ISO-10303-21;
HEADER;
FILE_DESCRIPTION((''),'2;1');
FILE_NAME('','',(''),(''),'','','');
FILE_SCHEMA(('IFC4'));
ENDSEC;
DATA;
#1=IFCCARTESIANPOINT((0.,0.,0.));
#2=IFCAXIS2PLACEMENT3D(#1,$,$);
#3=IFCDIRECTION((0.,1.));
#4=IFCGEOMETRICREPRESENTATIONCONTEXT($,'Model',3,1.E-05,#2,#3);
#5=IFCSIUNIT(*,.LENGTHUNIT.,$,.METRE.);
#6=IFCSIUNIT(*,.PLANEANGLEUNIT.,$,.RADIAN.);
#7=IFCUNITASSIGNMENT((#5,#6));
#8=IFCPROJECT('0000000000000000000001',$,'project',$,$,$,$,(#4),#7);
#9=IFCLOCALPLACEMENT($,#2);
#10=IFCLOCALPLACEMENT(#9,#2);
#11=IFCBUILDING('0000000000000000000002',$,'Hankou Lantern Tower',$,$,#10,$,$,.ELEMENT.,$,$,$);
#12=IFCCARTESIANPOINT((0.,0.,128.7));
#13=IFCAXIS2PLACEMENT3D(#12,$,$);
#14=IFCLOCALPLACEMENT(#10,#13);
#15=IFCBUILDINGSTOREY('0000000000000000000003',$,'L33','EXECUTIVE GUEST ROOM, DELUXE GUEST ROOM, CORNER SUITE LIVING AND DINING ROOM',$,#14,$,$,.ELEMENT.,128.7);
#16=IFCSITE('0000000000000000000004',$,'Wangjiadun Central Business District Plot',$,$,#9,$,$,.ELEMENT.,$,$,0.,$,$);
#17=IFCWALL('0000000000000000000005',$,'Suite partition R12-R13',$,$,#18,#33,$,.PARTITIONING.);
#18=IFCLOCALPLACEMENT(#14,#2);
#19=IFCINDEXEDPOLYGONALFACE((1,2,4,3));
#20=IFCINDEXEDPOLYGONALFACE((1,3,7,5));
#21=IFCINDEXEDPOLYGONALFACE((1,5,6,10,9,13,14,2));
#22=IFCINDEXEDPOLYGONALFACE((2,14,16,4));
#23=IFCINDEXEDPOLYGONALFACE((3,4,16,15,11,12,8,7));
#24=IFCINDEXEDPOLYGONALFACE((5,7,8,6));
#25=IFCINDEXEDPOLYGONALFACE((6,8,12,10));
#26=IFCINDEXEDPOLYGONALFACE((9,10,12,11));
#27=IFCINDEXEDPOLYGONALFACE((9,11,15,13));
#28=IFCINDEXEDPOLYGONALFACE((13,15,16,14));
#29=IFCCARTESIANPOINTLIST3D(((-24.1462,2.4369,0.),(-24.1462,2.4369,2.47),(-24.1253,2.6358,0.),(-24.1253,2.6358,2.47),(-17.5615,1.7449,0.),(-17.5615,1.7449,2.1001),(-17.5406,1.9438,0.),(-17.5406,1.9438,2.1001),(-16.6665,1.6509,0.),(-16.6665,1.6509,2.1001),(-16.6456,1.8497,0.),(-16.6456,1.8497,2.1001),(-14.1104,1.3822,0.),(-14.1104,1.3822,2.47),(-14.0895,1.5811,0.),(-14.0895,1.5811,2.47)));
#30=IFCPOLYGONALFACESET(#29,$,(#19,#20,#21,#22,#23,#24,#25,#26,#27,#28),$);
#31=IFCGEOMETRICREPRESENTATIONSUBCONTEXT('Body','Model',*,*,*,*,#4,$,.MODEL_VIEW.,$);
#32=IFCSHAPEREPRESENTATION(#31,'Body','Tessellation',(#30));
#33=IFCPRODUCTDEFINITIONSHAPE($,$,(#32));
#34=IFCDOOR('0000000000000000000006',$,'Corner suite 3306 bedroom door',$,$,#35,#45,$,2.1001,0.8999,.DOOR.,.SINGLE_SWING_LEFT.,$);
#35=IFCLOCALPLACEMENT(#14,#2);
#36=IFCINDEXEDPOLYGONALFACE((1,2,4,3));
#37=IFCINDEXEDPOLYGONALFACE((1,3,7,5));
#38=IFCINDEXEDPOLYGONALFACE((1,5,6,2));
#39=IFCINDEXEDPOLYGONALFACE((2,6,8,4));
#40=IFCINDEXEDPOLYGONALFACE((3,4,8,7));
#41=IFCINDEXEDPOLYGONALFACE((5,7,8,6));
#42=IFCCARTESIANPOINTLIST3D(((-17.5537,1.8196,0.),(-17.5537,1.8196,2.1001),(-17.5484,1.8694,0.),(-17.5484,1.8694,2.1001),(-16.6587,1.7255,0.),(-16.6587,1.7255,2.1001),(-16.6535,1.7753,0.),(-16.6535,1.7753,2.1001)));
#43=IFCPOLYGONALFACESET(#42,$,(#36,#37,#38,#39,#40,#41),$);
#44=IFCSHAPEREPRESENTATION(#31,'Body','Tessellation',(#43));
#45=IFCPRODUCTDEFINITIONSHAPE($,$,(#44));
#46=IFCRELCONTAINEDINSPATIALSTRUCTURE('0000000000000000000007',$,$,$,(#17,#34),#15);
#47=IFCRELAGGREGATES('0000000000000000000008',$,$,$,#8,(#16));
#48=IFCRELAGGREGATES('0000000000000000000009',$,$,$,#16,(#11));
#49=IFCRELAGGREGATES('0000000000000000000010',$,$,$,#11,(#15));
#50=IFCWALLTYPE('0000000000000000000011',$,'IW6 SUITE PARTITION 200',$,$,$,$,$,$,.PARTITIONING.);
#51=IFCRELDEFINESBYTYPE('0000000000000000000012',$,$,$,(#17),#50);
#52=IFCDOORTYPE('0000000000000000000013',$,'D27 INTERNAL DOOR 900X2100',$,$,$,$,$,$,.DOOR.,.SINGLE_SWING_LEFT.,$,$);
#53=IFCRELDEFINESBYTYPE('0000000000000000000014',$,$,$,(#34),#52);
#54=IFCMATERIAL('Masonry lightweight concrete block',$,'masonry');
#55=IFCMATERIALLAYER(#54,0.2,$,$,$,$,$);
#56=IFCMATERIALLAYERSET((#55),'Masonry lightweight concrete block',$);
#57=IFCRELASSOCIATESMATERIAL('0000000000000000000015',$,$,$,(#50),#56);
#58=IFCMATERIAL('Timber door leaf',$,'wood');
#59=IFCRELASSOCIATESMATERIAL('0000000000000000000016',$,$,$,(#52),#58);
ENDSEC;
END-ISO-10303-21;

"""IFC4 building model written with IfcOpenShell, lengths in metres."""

from ifc_helpers import new_model, si_unit, direction, frame, frame_2d, origin, place, context, subcontext, project, spatial, rectangle, extrude, material, layer, layer_set, type_object, element, fill, save


model = new_model("IFC4")

# Units and contexts
model_context = context("Model", 3, precision=1e-05, world=origin(), true_north=direction((0.0, 1.0)))
body_context = subcontext(model_context, "Body", "Model", "MODEL_VIEW")
ifc_project = project(units=[si_unit("LENGTHUNIT", "METRE"), si_unit("PLANEANGLEUNIT", "RADIAN")], contexts=[model_context])

# Site, building, storey
site_placement = place(None, origin())
site = spatial("IfcSite", under=ifc_project, at=site_placement, Name="Wangjiadun Central Business District Plot", CompositionType="ELEMENT", RefElevation=0.0)
building_placement = place(site_placement, origin())
building = spatial("IfcBuilding", under=site, at=building_placement, Name="Hankou Lantern Tower", CompositionType="ELEMENT")
storey_placement = place(building_placement, frame((0.0, 0.0, 128.7)))
storey = spatial("IfcBuildingStorey", under=building, at=storey_placement, Name="L33", Description="EXECUTIVE GUEST ROOM, DELUXE GUEST ROOM, CORNER SUITE LIVING AND DINING ROOM", CompositionType="ELEMENT", Elevation=128.7)

# Wall, opening, door
ifc_material_1 = material(Name="Masonry lightweight concrete block", Category="masonry")
ifc_layer_1 = layer(ifc_material_1, 0.2)
ifc_layer_set_1 = layer_set([ifc_layer_1], Name="Masonry lightweight concrete block")
wall_type_1 = type_object("IfcWallType", Name="IW6 SUITE PARTITION 200", PredefinedType="PARTITIONING", material=ifc_layer_set_1)
wall_1_placement = place(storey_placement, frame((-14.1001, 1.4817, 0.0), z_axis=(0.0, 0.0, 1.0), x_axis=(-0.994523, 0.104516, 0.0)))
wall_1 = element("IfcWall", 1, at=wall_1_placement, inside=storey, type_object=wall_type_1, Name="Suite partition R12-R13", PredefinedType="PARTITIONING", context=body_context, shape_type="SweptSolid", body=[
    extrude(rectangle(XDim=10.0911, YDim=0.2, at=frame_2d((5.0454, 0.0))), origin(), (0.0, 0.0, 1.0), 2.47),
])
opening_1_placement = place(wall_1_placement, frame((2.5701, 0.0, 0.0)))
opening_1 = element("IfcOpeningElement", 2, at=opening_1_placement, cuts=wall_1, PredefinedType="OPENING", context=body_context, shape_type="SweptSolid", body=[
    extrude(rectangle(XDim=0.8999, YDim=2.1001, at=frame_2d((0.45, 1.05))), frame((0.0, 0.1099, 0.0), z_axis=(0.0, -1.0, 0.0), x_axis=(1.0, 0.0, 0.0)), (0.0, 0.0, 1.0), 0.22),
])
ifc_material_2 = material(Name="Timber door leaf", Category="wood")
door_type_1 = type_object("IfcDoorType", Name="D27 INTERNAL DOOR 900X2100", OperationType="SINGLE_SWING_LEFT", PredefinedType="DOOR", material=ifc_material_2)
door_1_placement = place(opening_1_placement, origin())
door_1 = element("IfcDoor", 3, at=door_1_placement, inside=storey, type_object=door_type_1, Name="Corner suite 3306 bedroom door", OperationType="SINGLE_SWING_LEFT", OverallHeight=2.1001, OverallWidth=0.8999, PredefinedType="DOOR", context=body_context, shape_type="SweptSolid", body=[
    extrude(rectangle(XDim=0.8999, YDim=2.1001, at=frame_2d((0.45, 1.05))), frame((0.0, 0.0249, 0.0), z_axis=(0.0, -1.0, 0.0), x_axis=(1.0, 0.0, 0.0)), (0.0, 0.0, 1.0), 0.05),
])
fill(opening_1, door_1)

save(model, "model.ifc")
